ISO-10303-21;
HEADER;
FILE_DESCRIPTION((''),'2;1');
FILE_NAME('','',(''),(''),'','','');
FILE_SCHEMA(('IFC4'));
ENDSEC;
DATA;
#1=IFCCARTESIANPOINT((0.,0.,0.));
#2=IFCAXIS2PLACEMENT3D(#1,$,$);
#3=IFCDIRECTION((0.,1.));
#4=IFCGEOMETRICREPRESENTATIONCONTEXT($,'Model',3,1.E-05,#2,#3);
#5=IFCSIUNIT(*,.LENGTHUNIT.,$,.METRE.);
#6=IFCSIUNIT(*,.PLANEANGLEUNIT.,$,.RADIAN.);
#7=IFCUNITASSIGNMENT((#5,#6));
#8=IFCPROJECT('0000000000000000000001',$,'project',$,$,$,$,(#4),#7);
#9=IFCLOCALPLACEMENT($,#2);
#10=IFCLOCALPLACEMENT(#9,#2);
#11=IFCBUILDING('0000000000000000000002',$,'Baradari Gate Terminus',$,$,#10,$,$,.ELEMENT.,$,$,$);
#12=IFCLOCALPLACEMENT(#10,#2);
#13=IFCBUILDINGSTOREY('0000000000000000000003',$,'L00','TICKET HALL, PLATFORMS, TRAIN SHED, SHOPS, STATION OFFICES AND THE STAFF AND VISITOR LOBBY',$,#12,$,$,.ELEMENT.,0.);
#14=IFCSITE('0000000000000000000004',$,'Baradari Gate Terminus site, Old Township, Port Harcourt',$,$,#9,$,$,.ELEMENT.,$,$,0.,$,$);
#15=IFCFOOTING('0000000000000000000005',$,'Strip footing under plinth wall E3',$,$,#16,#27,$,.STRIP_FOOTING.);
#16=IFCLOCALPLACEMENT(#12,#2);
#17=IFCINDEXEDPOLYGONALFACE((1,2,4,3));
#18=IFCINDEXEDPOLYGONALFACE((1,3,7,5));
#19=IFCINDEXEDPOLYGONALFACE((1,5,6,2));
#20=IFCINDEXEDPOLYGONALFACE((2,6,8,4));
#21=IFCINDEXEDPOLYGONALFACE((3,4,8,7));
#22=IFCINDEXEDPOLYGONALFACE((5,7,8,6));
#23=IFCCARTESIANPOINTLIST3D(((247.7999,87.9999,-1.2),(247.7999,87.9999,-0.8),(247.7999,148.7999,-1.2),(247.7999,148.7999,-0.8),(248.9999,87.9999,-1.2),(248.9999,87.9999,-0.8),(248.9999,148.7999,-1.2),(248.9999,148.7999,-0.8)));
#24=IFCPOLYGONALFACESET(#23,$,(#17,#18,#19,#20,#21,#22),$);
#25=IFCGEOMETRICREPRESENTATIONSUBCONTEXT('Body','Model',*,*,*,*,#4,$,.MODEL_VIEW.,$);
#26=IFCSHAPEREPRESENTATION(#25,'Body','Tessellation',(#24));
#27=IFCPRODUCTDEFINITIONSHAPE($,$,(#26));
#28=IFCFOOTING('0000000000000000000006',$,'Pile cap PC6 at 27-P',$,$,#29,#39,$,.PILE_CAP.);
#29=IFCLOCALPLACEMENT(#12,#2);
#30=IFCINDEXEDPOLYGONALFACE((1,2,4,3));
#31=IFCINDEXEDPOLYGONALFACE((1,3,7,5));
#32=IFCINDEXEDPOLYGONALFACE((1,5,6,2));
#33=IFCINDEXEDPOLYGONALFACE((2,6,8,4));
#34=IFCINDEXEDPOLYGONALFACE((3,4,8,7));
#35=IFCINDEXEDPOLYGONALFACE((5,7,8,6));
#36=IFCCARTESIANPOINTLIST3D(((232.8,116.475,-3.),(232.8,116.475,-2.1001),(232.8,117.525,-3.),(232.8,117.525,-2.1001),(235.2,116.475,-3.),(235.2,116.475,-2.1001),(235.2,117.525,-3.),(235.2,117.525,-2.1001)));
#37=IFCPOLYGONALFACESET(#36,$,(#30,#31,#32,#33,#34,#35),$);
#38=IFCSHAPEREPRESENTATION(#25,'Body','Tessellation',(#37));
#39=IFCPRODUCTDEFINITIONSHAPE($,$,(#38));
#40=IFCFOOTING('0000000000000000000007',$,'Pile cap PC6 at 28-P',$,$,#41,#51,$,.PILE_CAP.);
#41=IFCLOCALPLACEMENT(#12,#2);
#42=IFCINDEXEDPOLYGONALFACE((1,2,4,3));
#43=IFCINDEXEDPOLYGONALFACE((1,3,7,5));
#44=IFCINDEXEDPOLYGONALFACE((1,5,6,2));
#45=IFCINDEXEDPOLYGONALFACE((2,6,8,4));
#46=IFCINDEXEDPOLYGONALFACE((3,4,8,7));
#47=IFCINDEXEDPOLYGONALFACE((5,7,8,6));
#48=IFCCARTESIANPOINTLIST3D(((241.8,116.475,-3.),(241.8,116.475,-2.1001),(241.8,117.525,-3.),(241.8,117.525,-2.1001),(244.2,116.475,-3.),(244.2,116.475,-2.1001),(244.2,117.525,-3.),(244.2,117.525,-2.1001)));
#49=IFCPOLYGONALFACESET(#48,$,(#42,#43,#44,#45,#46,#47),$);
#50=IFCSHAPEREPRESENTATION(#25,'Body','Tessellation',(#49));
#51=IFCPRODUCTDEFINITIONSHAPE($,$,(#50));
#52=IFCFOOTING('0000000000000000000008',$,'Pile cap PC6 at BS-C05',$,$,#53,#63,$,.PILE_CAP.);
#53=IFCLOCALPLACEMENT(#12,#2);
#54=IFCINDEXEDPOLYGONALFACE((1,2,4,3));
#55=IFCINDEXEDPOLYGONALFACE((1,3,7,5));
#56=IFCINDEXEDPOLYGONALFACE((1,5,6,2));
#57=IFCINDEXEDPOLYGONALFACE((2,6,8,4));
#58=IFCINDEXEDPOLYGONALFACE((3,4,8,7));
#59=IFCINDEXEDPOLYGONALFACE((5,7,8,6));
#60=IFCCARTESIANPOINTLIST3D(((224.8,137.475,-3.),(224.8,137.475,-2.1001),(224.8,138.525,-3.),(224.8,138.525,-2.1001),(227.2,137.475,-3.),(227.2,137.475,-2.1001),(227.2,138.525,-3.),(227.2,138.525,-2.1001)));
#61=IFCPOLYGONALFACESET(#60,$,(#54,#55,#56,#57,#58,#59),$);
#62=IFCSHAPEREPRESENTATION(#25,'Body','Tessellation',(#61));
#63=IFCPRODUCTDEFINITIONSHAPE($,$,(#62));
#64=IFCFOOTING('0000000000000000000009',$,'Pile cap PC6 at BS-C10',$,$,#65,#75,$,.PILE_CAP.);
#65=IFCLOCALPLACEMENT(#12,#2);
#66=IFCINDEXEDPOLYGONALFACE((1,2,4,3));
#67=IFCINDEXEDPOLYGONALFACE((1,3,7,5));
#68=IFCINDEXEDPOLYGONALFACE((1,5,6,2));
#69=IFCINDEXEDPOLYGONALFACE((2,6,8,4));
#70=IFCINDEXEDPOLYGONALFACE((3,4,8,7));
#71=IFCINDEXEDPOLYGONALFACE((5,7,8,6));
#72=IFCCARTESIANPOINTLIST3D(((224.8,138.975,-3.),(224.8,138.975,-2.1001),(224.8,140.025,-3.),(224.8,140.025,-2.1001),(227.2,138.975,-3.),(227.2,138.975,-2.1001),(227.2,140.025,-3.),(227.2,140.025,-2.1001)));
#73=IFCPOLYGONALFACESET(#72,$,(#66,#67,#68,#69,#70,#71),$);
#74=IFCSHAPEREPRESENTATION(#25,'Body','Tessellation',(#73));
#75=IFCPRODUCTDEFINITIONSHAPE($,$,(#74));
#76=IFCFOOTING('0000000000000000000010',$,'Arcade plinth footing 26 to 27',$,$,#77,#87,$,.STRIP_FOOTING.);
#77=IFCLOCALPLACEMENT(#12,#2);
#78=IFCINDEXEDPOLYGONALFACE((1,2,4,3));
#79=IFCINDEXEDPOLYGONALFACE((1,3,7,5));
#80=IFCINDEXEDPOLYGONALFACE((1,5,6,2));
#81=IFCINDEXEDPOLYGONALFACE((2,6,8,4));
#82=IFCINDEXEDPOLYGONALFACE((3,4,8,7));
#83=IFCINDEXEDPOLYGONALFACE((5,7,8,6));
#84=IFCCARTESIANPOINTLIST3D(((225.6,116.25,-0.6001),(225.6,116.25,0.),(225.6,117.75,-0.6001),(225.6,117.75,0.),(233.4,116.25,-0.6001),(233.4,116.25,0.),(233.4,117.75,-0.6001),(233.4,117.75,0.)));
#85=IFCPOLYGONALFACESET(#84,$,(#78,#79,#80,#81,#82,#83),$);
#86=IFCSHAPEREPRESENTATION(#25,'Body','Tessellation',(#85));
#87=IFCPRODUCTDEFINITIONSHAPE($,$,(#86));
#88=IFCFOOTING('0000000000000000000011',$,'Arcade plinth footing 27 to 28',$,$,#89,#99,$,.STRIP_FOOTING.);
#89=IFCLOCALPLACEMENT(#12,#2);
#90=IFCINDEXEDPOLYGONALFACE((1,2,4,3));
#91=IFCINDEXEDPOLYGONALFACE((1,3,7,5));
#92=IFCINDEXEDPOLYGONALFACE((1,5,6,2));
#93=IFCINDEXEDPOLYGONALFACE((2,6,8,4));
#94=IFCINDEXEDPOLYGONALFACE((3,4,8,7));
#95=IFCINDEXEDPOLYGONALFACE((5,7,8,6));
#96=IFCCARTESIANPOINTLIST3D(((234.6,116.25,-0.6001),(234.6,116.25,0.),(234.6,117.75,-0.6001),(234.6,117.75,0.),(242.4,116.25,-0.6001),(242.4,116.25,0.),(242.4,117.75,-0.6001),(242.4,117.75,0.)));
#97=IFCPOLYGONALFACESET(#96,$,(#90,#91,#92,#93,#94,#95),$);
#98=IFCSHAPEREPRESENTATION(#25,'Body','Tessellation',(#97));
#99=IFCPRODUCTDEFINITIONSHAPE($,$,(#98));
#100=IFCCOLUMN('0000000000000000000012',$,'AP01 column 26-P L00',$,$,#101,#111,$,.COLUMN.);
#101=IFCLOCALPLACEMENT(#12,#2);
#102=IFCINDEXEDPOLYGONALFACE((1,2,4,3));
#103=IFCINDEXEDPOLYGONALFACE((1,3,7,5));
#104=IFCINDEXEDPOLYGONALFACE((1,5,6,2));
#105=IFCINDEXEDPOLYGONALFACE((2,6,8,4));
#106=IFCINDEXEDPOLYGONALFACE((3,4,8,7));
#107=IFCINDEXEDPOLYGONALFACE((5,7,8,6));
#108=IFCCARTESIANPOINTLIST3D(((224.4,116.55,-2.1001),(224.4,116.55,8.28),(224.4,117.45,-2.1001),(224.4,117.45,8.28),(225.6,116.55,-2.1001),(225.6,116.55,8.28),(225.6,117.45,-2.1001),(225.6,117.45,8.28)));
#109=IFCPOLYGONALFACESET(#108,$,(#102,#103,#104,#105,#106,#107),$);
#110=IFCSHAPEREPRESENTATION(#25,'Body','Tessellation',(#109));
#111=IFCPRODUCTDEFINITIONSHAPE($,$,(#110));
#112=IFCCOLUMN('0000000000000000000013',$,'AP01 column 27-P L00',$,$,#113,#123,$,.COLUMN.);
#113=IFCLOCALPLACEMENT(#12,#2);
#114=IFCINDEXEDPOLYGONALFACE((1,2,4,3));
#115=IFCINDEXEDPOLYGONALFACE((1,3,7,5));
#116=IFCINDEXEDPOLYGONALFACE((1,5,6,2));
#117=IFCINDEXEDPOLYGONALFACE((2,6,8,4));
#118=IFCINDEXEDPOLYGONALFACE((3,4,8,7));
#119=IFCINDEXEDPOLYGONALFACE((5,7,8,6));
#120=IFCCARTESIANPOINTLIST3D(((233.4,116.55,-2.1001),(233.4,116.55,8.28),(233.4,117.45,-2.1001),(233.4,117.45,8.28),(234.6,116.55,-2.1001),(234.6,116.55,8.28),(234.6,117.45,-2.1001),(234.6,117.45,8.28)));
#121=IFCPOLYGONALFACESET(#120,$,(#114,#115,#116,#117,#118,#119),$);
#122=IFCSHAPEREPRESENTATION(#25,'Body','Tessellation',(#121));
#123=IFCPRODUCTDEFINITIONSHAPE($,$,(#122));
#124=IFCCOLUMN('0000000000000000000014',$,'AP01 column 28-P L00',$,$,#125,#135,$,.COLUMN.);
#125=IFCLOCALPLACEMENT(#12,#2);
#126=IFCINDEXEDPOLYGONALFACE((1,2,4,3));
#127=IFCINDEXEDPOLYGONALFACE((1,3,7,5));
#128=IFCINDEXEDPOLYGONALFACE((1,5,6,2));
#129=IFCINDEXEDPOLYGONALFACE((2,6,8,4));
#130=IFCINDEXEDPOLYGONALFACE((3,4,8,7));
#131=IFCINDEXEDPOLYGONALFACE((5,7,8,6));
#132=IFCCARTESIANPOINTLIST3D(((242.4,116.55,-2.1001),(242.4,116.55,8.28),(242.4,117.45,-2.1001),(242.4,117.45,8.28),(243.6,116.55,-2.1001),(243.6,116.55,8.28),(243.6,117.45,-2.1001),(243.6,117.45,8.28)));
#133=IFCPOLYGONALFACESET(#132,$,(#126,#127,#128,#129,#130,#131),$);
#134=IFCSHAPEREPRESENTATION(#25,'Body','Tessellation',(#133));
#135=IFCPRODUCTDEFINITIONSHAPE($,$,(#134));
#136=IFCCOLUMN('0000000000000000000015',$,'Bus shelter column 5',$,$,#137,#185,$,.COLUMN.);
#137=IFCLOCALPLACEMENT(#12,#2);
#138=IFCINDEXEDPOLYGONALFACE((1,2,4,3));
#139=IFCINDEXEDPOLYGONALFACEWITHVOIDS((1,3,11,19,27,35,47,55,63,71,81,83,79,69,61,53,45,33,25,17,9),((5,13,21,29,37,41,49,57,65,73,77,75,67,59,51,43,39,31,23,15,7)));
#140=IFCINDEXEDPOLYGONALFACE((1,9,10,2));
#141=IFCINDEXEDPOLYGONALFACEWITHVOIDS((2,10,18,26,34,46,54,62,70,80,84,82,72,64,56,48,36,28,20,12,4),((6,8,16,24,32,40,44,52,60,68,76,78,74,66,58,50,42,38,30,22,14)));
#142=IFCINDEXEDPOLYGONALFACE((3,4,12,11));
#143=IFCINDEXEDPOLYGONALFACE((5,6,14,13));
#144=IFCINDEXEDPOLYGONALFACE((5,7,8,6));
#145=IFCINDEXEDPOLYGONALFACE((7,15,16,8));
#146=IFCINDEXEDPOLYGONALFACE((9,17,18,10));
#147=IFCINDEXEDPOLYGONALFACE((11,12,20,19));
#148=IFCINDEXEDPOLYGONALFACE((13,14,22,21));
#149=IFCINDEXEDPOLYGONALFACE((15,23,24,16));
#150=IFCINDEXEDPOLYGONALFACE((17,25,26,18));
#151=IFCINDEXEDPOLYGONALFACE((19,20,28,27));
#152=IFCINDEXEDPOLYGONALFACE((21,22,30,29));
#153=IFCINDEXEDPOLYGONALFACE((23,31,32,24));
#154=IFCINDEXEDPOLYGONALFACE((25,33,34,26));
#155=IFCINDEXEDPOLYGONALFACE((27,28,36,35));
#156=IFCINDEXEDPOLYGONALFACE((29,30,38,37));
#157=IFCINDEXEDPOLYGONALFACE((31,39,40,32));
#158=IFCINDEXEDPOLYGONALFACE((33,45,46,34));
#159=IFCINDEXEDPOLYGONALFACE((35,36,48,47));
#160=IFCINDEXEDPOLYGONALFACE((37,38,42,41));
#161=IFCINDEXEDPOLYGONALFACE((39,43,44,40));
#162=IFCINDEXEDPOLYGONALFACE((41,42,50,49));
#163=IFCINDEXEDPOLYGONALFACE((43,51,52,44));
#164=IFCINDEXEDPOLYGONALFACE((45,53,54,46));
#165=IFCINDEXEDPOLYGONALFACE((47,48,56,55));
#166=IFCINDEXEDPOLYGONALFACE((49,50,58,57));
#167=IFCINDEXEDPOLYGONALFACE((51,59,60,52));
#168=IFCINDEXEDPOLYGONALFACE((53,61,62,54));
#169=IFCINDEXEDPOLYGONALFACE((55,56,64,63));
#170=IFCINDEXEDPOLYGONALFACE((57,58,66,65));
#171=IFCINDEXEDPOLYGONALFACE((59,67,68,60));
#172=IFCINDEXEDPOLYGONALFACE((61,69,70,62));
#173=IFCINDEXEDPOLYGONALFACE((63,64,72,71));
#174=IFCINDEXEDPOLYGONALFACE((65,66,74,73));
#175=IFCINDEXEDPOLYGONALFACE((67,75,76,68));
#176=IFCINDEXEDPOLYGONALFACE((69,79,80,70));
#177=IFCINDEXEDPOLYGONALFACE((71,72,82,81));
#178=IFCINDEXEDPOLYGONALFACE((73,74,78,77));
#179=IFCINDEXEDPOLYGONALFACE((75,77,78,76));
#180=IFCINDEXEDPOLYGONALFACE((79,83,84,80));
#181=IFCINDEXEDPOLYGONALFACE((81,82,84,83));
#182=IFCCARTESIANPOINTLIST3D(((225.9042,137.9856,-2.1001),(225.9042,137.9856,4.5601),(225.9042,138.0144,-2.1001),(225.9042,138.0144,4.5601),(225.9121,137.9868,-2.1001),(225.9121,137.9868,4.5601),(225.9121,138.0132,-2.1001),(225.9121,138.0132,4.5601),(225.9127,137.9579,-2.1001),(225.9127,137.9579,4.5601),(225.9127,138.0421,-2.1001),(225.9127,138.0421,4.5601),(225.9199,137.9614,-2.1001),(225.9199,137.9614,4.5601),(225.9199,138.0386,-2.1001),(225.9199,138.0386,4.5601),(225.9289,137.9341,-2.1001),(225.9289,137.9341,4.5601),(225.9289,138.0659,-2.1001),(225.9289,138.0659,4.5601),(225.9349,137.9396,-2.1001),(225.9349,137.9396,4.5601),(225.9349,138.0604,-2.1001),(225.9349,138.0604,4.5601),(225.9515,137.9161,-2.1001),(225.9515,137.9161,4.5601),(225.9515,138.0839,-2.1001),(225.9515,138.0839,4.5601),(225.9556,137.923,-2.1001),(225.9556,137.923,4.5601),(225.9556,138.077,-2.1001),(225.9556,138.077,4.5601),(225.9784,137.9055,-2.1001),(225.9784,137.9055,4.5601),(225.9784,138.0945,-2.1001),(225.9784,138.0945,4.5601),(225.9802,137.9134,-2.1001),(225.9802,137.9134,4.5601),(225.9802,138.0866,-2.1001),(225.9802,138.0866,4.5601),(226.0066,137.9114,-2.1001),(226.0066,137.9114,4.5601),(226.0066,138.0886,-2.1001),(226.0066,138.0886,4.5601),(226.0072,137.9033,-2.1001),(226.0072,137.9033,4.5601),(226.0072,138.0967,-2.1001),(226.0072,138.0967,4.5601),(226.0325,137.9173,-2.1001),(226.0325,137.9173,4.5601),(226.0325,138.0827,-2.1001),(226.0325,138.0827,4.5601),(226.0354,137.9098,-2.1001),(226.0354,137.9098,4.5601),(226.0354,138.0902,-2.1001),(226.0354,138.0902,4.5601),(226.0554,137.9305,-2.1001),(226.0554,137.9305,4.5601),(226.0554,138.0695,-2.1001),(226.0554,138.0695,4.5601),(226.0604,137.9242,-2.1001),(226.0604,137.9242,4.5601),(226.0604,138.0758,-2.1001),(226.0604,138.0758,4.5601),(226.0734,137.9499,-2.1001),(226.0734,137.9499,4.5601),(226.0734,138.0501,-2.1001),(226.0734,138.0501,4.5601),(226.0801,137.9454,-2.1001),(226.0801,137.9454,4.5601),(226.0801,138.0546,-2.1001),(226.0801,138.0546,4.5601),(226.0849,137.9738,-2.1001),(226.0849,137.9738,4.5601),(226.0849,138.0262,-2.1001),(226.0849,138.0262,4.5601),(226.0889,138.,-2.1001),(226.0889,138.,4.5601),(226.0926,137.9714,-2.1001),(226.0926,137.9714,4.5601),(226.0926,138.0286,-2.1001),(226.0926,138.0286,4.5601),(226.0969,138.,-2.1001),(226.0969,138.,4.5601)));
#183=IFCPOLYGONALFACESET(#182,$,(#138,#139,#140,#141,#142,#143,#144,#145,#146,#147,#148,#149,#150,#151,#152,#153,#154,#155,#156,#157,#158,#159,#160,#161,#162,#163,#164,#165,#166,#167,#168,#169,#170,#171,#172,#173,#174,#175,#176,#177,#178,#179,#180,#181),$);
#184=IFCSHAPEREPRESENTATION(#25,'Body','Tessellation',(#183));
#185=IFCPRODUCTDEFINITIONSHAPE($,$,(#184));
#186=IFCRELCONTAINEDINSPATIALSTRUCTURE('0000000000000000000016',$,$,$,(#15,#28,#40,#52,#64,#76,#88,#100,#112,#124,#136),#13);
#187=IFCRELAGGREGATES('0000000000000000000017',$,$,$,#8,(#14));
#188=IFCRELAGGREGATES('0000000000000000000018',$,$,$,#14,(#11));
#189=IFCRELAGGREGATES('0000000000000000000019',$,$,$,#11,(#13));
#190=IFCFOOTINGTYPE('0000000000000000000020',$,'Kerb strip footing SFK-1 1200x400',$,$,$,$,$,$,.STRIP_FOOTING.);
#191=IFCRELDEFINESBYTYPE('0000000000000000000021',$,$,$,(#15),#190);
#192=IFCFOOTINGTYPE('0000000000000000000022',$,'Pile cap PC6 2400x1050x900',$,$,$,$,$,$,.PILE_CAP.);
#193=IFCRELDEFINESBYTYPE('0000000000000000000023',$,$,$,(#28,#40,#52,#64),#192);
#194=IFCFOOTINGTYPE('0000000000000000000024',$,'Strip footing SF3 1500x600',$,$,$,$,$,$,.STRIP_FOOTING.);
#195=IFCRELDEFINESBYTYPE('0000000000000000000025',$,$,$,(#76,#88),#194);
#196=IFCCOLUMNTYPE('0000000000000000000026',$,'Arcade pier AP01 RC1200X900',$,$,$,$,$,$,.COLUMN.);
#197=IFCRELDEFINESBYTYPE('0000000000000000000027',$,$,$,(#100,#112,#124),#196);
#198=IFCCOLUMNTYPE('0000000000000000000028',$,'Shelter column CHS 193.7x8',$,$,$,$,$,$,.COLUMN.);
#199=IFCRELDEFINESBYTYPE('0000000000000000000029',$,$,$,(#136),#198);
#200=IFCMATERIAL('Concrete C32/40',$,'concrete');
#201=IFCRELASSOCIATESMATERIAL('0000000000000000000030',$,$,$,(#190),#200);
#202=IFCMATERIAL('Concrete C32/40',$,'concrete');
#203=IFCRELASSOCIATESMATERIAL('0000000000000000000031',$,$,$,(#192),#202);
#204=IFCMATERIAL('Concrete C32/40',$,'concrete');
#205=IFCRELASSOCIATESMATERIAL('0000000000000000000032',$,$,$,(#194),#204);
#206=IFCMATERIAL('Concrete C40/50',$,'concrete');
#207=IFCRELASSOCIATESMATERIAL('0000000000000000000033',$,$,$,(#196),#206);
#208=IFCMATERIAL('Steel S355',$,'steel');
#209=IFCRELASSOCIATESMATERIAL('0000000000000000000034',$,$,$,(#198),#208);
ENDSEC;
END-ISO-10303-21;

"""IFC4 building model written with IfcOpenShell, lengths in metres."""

from ifc_helpers import new_model, si_unit, direction, frame, origin, origin_2d, place, context, subcontext, project, spatial, rectangle, hollow_circle, extrude, material, material_profile, profile_set, type_object, element, save


model = new_model("IFC4")

# Units and contexts
model_context = context("Model", 3, precision=1e-05, world=origin(), true_north=direction((0.0, 1.0)))
body_context = subcontext(model_context, "Body", "Model", "MODEL_VIEW")
ifc_project = project(units=[si_unit("LENGTHUNIT", "METRE"), si_unit("PLANEANGLEUNIT", "RADIAN")], contexts=[model_context])

# Site, building, storey
site_placement = place(None, origin())
site = spatial("IfcSite", under=ifc_project, at=site_placement, Name="Baradari Gate Terminus site, Old Township, Port Harcourt", CompositionType="ELEMENT", RefElevation=0.0)
building_placement = place(site_placement, origin())
building = spatial("IfcBuilding", under=site, at=building_placement, Name="Baradari Gate Terminus", CompositionType="ELEMENT")
storey_placement = place(building_placement, origin())
storey = spatial("IfcBuildingStorey", under=building, at=storey_placement, Name="L00", Description="TICKET HALL, PLATFORMS, TRAIN SHED, SHOPS, STATION OFFICES AND THE STAFF AND VISITOR LOBBY", CompositionType="ELEMENT", Elevation=0.0)

# Footings
ifc_material_1 = material(Name="Concrete C32/40", Category="concrete")
footing_type_1 = type_object("IfcFootingType", Name="Kerb strip footing SFK-1 1200x400", PredefinedType="STRIP_FOOTING", material=ifc_material_1)
footing_1_placement = place(storey_placement, frame((248.3999, 118.3999, -1.2), z_axis=(0.0, 0.0, 1.0), x_axis=(1.0, 0.0, 0.0)))
element("IfcFooting", 1, at=footing_1_placement, inside=storey, type_object=footing_type_1, Name="Strip footing under plinth wall E3", PredefinedType="STRIP_FOOTING", context=body_context, shape_type="SweptSolid", body=[
    extrude(rectangle(XDim=1.2, YDim=60.8, at=origin_2d()), origin(), (0.0, 0.0, 1.0), 0.3999),
])
ifc_material_2 = material(Name="Concrete C32/40", Category="concrete")
footing_type_2 = type_object("IfcFootingType", Name="Pile cap PC6 2400x1050x900", PredefinedType="PILE_CAP", material=ifc_material_2)
for number, where, z_axis, x_axis, name in (
    (2, (234.0, 117.0, -3.0), (0.0, 0.0, 1.0), (1.0, 0.0, 0.0), "Pile cap PC6 at 27-P"),
    (3, (243.0, 117.0, -3.0), (0.0, 0.0, 1.0), (1.0, 0.0, 0.0), "Pile cap PC6 at 28-P"),
    (4, (226.0, 138.0, -3.0), (0.0, 0.0, 1.0), (1.0, 0.0, 0.0), "Pile cap PC6 at BS-C05"),
    (5, (226.0, 139.5, -3.0), (0.0, 0.0, 1.0), (1.0, 0.0, 0.0), "Pile cap PC6 at BS-C10"),
):
    element("IfcFooting", number, at=place(storey_placement, frame(where, z_axis=z_axis, x_axis=x_axis)), inside=storey, type_object=footing_type_2, Name=name, PredefinedType="PILE_CAP", context=body_context, shape_type="SweptSolid", body=[
        extrude(rectangle(XDim=2.3999, YDim=1.05, at=origin_2d()), origin(), (0.0, 0.0, 1.0), 0.8999),
    ])
ifc_material_3 = material(Name="Concrete C32/40", Category="concrete")
footing_type_3 = type_object("IfcFootingType", Name="Strip footing SF3 1500x600", PredefinedType="STRIP_FOOTING", material=ifc_material_3)
for number, where, z_axis, x_axis, name in (
    (6, (229.5, 117.0, -0.6001), (0.0, 0.0, 1.0), (1.0, 0.0, 0.0), "Arcade plinth footing 26 to 27"),
    (7, (238.5, 117.0, -0.6001), (0.0, 0.0, 1.0), (1.0, 0.0, 0.0), "Arcade plinth footing 27 to 28"),
):
    element("IfcFooting", number, at=place(storey_placement, frame(where, z_axis=z_axis, x_axis=x_axis)), inside=storey, type_object=footing_type_3, Name=name, PredefinedType="STRIP_FOOTING", context=body_context, shape_type="SweptSolid", body=[
        extrude(rectangle(XDim=7.8, YDim=1.5, at=origin_2d()), origin(), (0.0, 0.0, 1.0), 0.6001),
    ])

# Columns
ifc_material_4 = material(Name="Concrete C40/50", Category="concrete")
ifc_material_profile_1 = material_profile(ifc_material_4, rectangle(XDim=1.2, YDim=0.8999, at=origin_2d()), Name="RC1200X900")
ifc_profile_set_1 = profile_set([ifc_material_profile_1], Name="Concrete C40/50")
column_type_1 = type_object("IfcColumnType", Name="Arcade pier AP01 RC1200X900", PredefinedType="COLUMN", material=ifc_profile_set_1)
for number, where, z_axis, x_axis, name in (
    (8, (225.0, 117.0, -2.1001), (0.0, 0.0, 1.0), (1.0, 0.0, 0.0), "AP01 column 26-P L00"),
    (9, (234.0, 117.0, -2.1001), (0.0, 0.0, 1.0), (1.0, 0.0, 0.0), "AP01 column 27-P L00"),
    (10, (243.0, 117.0, -2.1001), (0.0, 0.0, 1.0), (1.0, 0.0, 0.0), "AP01 column 28-P L00"),
):
    element("IfcColumn", number, at=place(storey_placement, frame(where, z_axis=z_axis, x_axis=x_axis)), inside=storey, type_object=column_type_1, Name=name, PredefinedType="COLUMN", context=body_context, shape_type="SweptSolid", body=[
        extrude(rectangle(XDim=1.2, YDim=0.8999, at=origin_2d()), origin(), (0.0, 0.0, 1.0), 10.3801),
    ])
ifc_material_5 = material(Name="Steel S355", Category="steel")
ifc_material_profile_2 = material_profile(ifc_material_5, hollow_circle(Radius=0.0969, WallThickness=0.0081, at=origin_2d()), Name="CHS 193.7x8")
ifc_profile_set_2 = profile_set([ifc_material_profile_2], Name="Steel S355")
column_type_2 = type_object("IfcColumnType", Name="Shelter column CHS 193.7x8", PredefinedType="COLUMN", material=ifc_profile_set_2)
column_1_placement = place(storey_placement, frame((226.0, 138.0, -2.1001), z_axis=(0.0, 0.0, 1.0), x_axis=(1.0, 0.0, 0.0)))
element("IfcColumn", 11, at=column_1_placement, inside=storey, type_object=column_type_2, Name="Bus shelter column 5", PredefinedType="COLUMN", context=body_context, shape_type="SweptSolid", body=[
    extrude(hollow_circle(Radius=0.0969, WallThickness=0.0081, at=origin_2d()), origin(), (0.0, 0.0, 1.0), 6.6602),
])

save(model, "model.ifc")
